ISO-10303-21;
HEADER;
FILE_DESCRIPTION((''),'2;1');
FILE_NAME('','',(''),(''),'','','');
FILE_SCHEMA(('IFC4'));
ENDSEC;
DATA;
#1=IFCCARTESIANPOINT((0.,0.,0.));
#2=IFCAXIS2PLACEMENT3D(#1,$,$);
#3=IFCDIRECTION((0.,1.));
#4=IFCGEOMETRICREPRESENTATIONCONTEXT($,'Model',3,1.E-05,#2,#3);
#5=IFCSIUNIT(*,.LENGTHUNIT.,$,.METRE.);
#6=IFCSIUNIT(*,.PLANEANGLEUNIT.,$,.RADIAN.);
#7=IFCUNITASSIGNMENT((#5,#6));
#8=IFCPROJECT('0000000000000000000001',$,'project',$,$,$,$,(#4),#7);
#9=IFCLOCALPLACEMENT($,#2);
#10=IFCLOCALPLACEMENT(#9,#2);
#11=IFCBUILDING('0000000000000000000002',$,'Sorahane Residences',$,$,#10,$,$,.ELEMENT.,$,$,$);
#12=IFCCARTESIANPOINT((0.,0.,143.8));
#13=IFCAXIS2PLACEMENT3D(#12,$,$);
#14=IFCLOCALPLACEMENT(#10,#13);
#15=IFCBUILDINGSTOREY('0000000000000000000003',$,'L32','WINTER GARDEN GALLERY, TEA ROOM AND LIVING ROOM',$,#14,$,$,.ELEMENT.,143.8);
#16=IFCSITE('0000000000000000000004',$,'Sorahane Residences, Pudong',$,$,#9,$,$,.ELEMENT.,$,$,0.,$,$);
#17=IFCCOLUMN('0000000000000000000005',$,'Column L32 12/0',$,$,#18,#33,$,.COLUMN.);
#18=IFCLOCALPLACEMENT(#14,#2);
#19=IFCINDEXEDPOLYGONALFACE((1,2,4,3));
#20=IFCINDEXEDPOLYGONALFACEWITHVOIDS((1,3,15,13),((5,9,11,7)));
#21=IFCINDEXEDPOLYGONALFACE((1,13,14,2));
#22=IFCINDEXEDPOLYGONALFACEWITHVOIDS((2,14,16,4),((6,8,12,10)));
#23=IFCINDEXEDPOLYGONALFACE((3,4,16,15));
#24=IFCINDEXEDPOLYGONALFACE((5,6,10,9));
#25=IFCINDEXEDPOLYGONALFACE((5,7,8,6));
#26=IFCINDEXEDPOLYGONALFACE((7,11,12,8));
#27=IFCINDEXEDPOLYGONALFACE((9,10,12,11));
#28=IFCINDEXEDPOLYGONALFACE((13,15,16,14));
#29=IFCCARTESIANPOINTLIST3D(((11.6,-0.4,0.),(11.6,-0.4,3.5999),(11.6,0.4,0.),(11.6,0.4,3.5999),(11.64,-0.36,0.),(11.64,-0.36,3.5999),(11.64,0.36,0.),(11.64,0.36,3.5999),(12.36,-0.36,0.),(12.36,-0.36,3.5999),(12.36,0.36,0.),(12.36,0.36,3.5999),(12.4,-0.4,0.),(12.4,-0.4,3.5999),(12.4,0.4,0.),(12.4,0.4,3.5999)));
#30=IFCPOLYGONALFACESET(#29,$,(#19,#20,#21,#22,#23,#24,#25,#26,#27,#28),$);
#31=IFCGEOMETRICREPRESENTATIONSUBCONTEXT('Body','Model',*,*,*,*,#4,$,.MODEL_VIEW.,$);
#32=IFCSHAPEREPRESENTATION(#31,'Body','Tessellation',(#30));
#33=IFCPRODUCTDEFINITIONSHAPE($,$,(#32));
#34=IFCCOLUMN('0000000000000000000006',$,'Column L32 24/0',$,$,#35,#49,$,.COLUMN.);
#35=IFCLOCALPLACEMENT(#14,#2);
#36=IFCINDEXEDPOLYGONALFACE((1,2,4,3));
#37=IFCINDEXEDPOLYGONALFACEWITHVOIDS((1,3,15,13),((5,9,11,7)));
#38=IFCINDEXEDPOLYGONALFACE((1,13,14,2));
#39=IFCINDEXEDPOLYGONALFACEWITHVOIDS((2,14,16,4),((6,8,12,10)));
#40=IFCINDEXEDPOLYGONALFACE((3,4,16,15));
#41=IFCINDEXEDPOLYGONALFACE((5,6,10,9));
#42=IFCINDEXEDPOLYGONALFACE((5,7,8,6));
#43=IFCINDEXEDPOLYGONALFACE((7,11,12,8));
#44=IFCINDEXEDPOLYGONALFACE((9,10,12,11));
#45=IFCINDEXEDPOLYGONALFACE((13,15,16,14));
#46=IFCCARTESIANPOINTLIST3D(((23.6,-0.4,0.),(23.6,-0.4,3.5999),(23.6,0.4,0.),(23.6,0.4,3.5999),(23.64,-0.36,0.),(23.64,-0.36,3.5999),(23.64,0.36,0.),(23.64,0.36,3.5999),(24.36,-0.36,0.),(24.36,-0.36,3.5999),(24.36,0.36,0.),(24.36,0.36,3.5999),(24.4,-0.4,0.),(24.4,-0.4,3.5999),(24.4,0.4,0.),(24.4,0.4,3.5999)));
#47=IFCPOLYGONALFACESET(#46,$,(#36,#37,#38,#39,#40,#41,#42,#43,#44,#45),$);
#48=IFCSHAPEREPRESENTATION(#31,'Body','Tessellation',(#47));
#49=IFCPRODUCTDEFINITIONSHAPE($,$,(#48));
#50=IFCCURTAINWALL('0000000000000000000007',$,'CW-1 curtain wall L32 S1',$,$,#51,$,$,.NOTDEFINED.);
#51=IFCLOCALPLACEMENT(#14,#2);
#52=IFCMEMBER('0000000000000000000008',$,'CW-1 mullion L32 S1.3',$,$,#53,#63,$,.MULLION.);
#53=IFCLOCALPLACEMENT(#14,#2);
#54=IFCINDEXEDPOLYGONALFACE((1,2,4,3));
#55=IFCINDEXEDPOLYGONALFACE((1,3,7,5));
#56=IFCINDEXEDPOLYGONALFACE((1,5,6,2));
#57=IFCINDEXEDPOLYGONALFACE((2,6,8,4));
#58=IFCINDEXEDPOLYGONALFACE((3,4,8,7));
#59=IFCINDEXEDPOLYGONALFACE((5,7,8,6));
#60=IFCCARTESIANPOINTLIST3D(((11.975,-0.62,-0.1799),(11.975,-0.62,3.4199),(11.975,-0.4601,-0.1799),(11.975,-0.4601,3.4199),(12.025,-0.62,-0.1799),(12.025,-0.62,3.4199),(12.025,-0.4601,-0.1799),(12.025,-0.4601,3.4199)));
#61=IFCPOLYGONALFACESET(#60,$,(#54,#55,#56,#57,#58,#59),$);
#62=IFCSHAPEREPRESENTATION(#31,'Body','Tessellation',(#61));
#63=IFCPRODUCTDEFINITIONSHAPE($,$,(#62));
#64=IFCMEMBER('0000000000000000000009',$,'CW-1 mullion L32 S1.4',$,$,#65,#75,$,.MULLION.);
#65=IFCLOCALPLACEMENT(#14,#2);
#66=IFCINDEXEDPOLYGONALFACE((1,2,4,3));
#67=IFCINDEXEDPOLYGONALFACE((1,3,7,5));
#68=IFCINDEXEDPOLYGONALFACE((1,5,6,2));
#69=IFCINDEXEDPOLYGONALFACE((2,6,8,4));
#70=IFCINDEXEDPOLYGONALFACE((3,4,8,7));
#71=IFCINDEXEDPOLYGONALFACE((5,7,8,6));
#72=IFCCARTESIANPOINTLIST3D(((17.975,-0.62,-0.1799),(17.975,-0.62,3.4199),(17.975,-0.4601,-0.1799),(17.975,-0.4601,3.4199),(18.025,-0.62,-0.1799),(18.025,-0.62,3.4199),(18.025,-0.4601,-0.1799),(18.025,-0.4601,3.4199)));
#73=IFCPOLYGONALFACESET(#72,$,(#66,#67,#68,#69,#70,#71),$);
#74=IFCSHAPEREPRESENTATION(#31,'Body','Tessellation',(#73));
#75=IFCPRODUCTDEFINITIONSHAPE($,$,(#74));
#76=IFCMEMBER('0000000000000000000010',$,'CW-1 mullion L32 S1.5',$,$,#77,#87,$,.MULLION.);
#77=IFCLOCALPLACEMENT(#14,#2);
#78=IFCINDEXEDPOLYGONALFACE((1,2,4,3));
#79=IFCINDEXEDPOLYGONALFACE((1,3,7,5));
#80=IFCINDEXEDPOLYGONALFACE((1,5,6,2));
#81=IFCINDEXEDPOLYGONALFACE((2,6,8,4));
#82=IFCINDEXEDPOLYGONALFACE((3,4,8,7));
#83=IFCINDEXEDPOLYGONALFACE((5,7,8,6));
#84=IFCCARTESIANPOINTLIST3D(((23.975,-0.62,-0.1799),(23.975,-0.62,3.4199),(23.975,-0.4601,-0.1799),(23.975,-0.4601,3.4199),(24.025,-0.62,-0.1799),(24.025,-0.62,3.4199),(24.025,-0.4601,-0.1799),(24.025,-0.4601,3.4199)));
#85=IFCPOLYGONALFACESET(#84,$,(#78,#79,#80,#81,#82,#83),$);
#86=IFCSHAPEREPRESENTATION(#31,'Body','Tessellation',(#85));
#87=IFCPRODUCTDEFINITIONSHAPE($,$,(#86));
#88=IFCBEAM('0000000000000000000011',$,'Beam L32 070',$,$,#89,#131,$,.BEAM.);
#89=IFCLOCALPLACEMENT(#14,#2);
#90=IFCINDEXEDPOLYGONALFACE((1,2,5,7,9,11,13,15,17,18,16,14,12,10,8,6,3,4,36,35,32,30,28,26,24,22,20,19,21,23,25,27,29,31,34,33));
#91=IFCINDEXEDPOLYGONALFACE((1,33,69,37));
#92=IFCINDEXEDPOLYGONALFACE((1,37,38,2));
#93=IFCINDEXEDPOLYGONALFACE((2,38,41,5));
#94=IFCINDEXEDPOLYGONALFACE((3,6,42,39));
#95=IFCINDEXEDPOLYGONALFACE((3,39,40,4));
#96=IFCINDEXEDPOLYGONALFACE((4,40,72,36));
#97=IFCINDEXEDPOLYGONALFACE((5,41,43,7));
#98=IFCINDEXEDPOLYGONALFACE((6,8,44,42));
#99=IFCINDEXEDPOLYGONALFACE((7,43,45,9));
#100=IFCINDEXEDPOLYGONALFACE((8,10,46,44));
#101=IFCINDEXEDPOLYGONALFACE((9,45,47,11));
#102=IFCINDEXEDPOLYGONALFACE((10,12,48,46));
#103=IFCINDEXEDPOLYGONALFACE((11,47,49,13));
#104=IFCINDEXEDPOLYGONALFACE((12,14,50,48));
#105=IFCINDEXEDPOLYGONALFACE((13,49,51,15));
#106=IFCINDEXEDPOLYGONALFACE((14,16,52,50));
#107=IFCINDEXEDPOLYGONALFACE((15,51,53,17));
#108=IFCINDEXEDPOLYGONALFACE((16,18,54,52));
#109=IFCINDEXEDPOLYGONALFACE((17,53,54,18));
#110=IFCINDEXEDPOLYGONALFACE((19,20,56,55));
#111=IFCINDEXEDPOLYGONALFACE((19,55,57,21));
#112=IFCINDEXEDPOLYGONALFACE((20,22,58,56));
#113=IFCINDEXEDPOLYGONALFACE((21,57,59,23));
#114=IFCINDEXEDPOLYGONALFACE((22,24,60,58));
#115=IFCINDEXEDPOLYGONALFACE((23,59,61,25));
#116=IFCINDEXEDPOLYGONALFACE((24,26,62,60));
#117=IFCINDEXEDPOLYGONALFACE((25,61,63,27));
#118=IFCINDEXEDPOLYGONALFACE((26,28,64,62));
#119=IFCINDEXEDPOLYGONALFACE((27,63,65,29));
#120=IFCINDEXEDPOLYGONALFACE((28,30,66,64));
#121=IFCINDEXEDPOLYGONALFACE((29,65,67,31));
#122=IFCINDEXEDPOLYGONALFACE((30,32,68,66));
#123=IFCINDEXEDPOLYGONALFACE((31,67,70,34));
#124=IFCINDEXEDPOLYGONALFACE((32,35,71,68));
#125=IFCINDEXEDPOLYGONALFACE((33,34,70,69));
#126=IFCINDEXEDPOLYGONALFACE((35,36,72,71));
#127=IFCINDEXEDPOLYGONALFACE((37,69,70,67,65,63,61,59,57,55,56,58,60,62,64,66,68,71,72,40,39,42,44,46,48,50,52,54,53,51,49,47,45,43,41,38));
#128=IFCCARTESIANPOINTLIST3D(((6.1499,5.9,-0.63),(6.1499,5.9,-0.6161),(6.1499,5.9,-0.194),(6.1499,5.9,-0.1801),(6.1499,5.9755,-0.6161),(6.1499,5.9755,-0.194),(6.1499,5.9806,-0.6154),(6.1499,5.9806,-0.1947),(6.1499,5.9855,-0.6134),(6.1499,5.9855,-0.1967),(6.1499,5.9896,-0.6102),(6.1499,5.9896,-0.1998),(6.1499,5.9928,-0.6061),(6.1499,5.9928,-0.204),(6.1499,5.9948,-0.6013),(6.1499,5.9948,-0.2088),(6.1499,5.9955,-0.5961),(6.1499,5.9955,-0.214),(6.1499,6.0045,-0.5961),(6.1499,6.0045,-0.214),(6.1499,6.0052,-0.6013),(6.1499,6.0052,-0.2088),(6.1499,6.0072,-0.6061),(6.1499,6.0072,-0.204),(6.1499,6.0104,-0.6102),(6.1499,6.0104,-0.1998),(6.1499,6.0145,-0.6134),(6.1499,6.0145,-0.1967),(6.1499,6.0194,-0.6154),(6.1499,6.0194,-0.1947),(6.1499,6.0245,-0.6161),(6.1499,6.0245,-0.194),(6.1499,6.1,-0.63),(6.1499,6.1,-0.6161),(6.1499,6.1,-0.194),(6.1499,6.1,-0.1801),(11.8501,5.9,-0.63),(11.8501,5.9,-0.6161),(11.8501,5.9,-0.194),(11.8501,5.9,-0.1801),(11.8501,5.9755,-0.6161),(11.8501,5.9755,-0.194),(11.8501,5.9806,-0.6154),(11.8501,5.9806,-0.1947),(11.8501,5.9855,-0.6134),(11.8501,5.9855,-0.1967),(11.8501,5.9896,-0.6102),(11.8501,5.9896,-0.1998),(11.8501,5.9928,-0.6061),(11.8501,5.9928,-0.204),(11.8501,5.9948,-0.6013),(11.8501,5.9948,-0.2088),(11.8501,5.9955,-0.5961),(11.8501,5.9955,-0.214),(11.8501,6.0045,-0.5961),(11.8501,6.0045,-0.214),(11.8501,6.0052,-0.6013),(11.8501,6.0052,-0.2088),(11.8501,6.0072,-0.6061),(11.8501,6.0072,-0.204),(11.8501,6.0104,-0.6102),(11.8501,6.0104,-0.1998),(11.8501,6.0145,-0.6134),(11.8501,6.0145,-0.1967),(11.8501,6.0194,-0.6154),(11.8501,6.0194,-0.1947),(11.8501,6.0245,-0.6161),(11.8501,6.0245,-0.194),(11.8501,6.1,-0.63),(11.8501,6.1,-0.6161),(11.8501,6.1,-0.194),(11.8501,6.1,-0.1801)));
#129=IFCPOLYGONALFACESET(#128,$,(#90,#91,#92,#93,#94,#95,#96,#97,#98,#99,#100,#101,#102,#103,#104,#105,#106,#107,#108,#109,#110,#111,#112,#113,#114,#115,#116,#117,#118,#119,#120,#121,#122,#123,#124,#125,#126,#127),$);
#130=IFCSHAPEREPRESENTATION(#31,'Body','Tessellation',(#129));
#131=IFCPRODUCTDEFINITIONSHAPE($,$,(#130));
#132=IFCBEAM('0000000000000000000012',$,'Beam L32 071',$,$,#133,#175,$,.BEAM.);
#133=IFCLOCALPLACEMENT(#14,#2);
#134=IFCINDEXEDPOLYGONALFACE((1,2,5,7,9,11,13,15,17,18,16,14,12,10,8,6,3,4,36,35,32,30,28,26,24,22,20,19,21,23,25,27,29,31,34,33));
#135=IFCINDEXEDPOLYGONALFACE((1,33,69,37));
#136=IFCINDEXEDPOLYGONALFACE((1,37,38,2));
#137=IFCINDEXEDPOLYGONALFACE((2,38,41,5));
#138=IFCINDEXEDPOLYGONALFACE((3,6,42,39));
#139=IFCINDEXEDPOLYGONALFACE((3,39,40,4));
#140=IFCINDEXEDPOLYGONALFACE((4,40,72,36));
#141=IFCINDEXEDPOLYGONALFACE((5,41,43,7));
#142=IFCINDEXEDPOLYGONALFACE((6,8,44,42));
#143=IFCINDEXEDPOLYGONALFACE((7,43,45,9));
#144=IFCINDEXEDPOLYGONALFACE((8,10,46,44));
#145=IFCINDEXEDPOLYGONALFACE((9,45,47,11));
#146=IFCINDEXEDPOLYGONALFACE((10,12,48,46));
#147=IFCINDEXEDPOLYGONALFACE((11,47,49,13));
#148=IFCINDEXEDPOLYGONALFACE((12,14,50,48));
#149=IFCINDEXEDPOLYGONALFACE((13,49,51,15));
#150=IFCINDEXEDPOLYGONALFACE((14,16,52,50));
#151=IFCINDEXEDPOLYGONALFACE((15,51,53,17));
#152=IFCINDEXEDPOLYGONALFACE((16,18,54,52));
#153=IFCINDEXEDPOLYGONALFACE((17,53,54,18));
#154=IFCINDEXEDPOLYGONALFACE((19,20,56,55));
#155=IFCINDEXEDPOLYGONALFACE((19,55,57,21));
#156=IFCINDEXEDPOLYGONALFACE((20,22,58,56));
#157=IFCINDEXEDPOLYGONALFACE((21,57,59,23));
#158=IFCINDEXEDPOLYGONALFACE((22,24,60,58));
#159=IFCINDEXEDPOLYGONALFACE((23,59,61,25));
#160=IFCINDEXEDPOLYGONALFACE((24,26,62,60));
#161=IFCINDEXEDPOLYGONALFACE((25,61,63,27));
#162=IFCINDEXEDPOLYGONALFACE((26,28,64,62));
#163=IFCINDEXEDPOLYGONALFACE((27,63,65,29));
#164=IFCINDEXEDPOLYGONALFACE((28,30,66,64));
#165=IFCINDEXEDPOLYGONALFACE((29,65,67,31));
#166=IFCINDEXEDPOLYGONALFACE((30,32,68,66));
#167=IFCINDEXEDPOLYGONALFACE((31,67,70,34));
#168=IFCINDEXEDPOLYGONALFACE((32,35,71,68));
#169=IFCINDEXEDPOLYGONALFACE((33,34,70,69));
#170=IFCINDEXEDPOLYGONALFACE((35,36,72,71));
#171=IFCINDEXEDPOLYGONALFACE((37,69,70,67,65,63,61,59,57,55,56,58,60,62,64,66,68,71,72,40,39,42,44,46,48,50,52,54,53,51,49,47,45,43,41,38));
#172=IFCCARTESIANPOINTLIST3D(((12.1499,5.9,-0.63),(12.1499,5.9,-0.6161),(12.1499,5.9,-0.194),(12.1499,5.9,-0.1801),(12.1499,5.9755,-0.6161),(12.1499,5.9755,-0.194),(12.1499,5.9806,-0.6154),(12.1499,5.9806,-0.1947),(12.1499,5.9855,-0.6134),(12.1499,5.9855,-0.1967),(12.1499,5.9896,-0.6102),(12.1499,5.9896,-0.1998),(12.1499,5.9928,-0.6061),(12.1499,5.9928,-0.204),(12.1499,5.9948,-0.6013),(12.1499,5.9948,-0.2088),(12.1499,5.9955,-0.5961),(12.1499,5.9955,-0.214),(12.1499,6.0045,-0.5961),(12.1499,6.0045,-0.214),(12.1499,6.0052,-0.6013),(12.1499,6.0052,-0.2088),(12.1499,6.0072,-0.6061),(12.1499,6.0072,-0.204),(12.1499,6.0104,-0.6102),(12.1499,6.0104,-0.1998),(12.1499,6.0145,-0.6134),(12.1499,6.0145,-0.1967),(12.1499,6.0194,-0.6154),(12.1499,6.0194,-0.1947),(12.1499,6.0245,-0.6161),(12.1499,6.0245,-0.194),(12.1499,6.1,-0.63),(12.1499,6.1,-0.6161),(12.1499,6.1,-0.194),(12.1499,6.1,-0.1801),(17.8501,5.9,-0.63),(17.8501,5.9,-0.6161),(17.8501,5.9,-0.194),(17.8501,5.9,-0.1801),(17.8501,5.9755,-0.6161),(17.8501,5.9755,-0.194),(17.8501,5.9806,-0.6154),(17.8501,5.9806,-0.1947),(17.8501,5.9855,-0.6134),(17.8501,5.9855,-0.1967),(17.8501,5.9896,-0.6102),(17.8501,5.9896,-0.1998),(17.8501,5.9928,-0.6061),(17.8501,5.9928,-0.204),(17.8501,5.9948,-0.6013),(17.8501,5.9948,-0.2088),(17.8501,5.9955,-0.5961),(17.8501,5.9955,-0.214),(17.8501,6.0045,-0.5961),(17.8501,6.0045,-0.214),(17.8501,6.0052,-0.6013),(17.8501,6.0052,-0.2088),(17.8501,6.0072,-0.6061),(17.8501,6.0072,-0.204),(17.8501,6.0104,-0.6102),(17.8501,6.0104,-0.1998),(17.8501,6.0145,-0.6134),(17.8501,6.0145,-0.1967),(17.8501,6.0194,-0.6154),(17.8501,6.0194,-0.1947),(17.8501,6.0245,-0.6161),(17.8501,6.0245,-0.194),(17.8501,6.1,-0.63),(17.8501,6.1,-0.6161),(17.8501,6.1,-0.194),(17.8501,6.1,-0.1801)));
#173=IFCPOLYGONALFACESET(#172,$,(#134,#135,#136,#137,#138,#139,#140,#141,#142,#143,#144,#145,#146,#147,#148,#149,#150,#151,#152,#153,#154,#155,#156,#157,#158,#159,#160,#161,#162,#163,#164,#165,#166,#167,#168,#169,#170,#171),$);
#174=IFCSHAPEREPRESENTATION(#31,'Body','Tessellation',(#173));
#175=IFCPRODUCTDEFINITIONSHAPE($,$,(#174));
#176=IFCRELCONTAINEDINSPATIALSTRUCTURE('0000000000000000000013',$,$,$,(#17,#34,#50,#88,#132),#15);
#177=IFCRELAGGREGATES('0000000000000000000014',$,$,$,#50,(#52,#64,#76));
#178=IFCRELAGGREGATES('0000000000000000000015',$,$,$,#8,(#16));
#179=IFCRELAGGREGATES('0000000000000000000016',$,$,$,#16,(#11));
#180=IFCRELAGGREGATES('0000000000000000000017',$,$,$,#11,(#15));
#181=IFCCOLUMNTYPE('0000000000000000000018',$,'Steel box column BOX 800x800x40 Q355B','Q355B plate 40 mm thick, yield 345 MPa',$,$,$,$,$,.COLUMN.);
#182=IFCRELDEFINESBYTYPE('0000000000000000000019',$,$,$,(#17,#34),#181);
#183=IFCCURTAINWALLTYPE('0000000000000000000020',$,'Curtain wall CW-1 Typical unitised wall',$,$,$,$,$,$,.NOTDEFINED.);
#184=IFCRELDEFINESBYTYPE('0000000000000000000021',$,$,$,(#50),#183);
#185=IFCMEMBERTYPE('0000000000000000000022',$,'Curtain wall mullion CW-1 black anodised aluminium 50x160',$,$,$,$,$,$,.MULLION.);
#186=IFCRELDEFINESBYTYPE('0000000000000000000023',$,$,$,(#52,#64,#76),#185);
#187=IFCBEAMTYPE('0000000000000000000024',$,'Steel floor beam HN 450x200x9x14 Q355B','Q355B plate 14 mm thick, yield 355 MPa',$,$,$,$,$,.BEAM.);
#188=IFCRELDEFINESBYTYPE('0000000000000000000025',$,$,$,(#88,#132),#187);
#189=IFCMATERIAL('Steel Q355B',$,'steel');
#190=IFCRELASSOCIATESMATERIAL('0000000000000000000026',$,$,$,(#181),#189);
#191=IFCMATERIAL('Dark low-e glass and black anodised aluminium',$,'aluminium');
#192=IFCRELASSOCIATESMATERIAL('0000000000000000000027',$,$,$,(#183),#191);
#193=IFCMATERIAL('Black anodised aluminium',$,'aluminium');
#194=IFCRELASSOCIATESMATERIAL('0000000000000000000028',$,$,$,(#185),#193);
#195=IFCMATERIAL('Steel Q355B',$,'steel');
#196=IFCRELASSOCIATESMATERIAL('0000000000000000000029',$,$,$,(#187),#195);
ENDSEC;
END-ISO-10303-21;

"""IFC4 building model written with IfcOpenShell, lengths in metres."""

from ifc_helpers import new_model, si_unit, direction, frame, origin, origin_2d, place, context, subcontext, project, spatial, rectangle, hollow_rectangle, i_section, extrude, material, material_profile, profile_set, type_object, element, aggregate, save


model = new_model("IFC4")

# Units and contexts
model_context = context("Model", 3, precision=1e-05, world=origin(), true_north=direction((0.0, 1.0)))
body_context = subcontext(model_context, "Body", "Model", "MODEL_VIEW")
ifc_project = project(units=[si_unit("LENGTHUNIT", "METRE"), si_unit("PLANEANGLEUNIT", "RADIAN")], contexts=[model_context])

# Site, building, storey
site_placement = place(None, origin())
site = spatial("IfcSite", under=ifc_project, at=site_placement, Name="Sorahane Residences, Pudong", CompositionType="ELEMENT", RefElevation=0.0)
building_placement = place(site_placement, origin())
building = spatial("IfcBuilding", under=site, at=building_placement, Name="Sorahane Residences", CompositionType="ELEMENT")
storey_placement = place(building_placement, frame((0.0, 0.0, 143.8)))
storey = spatial("IfcBuildingStorey", under=building, at=storey_placement, Name="L32", Description="WINTER GARDEN GALLERY, TEA ROOM AND LIVING ROOM", CompositionType="ELEMENT", Elevation=143.8)

# Columns
ifc_material_1 = material(Name="Steel Q355B", Category="steel")
ifc_material_profile_1 = material_profile(ifc_material_1, hollow_rectangle(XDim=0.8, YDim=0.8, WallThickness=0.04, at=origin_2d()), Name="BOX 800x800x40")
ifc_profile_set_1 = profile_set([ifc_material_profile_1], Name="Steel Q355B")
column_type = type_object("IfcColumnType", Name="Steel box column BOX 800x800x40 Q355B", Description="Q355B plate 40 mm thick, yield 345 MPa", PredefinedType="COLUMN", material=ifc_profile_set_1)
for number, where, z_axis, x_axis, name in (
    (1, (12.0, 0.0, 0.0), (0.0, 0.0, 1.0), (1.0, 0.0, 0.0), "Column L32 12/0"),
    (2, (24.0, 0.0, 0.0), (0.0, 0.0, 1.0), (1.0, 0.0, 0.0), "Column L32 24/0"),
):
    element("IfcColumn", number, at=place(storey_placement, frame(where, z_axis=z_axis, x_axis=x_axis)), inside=storey, type_object=column_type, Name=name, PredefinedType="COLUMN", context=body_context, shape_type="SweptSolid", body=[
        extrude(hollow_rectangle(XDim=0.8, YDim=0.8, WallThickness=0.04, at=origin_2d()), origin(), (0.0, 0.0, 1.0), 3.5999),
    ])

# Curtain wall, members
ifc_material_2 = material(Name="Dark low-e glass and black anodised aluminium", Category="aluminium")
curtain_wall_type = type_object("IfcCurtainWallType", Name="Curtain wall CW-1 Typical unitised wall", PredefinedType="NOTDEFINED", material=ifc_material_2)
curtain_wall_placement = place(storey_placement, origin())
curtain_wall = element("IfcCurtainWall", 3, at=curtain_wall_placement, inside=storey, type_object=curtain_wall_type, Name="CW-1 curtain wall L32 S1", PredefinedType="NOTDEFINED")
ifc_material_3 = material(Name="Black anodised aluminium", Category="aluminium")
ifc_material_profile_2 = material_profile(ifc_material_3, rectangle(XDim=0.1599, YDim=0.05, at=origin_2d()), Name="Curtain wall mullion CW-1 black anodised aluminium 50x160")
ifc_profile_set_2 = profile_set([ifc_material_profile_2], Name="Black anodised aluminium")
member_type = type_object("IfcMemberType", Name="Curtain wall mullion CW-1 black anodised aluminium 50x160", PredefinedType="MULLION", material=ifc_profile_set_2)
member_1_placement = place(storey_placement, frame((12.0, -0.54, -0.1799), z_axis=(0.0, 0.0, 1.0), x_axis=(0.0, -1.0, 0.0)))
member_1 = element("IfcMember", 4, at=member_1_placement, type_object=member_type, Name="CW-1 mullion L32 S1.3", PredefinedType="MULLION", context=body_context, shape_type="SweptSolid", body=[
    extrude(rectangle(XDim=0.1599, YDim=0.05, at=origin_2d()), origin(), (0.0, 0.0, 1.0), 3.5999),
])
member_2_placement = place(storey_placement, frame((18.0, -0.54, -0.1799), z_axis=(0.0, 0.0, 1.0), x_axis=(0.0, -1.0, 0.0)))
member_2 = element("IfcMember", 5, at=member_2_placement, type_object=member_type, Name="CW-1 mullion L32 S1.4", PredefinedType="MULLION", context=body_context, shape_type="SweptSolid", body=[
    extrude(rectangle(XDim=0.1599, YDim=0.05, at=origin_2d()), origin(), (0.0, 0.0, 1.0), 3.5999),
])
member_3_placement = place(storey_placement, frame((24.0, -0.54, -0.1799), z_axis=(0.0, 0.0, 1.0), x_axis=(0.0, -1.0, 0.0)))
member_3 = element("IfcMember", 6, at=member_3_placement, type_object=member_type, Name="CW-1 mullion L32 S1.5", PredefinedType="MULLION", context=body_context, shape_type="SweptSolid", body=[
    extrude(rectangle(XDim=0.1599, YDim=0.05, at=origin_2d()), origin(), (0.0, 0.0, 1.0), 3.5999),
])

# Beams
ifc_material_4 = material(Name="Steel Q355B", Category="steel")
ifc_material_profile_3 = material_profile(ifc_material_4, i_section(OverallWidth=0.2, OverallDepth=0.45, WebThickness=0.009, FlangeThickness=0.0139, FilletRadius=0.02, at=origin_2d()), Name="HN 450x200x9x14")
ifc_profile_set_3 = profile_set([ifc_material_profile_3], Name="Steel Q355B")
beam_type_1 = type_object("IfcBeamType", Name="Steel floor beam HN 450x200x9x14 Q355B", Description="Q355B plate 14 mm thick, yield 355 MPa", PredefinedType="BEAM", material=ifc_profile_set_3)
for number, where, z_axis, x_axis, name in (
    (7, (6.1499, 6.0, -0.405), (1.0, 0.0, 0.0), (0.0, 1.0, 0.0), "Beam L32 070"),
    (8, (12.1499, 6.0, -0.405), (1.0, 0.0, 0.0), (0.0, 1.0, 0.0), "Beam L32 071"),
):
    element("IfcBeam", number, at=place(storey_placement, frame(where, z_axis=z_axis, x_axis=x_axis)), inside=storey, type_object=beam_type_1, Name=name, PredefinedType="BEAM", context=body_context, shape_type="SweptSolid", body=[
        extrude(i_section(OverallWidth=0.2, OverallDepth=0.45, WebThickness=0.009, FlangeThickness=0.0139, FilletRadius=0.02, at=origin_2d()), origin(), (0.0, 0.0, 1.0), 5.7002),
    ])

aggregate(curtain_wall, [member_1, member_2, member_3])

save(model, "model.ifc")
